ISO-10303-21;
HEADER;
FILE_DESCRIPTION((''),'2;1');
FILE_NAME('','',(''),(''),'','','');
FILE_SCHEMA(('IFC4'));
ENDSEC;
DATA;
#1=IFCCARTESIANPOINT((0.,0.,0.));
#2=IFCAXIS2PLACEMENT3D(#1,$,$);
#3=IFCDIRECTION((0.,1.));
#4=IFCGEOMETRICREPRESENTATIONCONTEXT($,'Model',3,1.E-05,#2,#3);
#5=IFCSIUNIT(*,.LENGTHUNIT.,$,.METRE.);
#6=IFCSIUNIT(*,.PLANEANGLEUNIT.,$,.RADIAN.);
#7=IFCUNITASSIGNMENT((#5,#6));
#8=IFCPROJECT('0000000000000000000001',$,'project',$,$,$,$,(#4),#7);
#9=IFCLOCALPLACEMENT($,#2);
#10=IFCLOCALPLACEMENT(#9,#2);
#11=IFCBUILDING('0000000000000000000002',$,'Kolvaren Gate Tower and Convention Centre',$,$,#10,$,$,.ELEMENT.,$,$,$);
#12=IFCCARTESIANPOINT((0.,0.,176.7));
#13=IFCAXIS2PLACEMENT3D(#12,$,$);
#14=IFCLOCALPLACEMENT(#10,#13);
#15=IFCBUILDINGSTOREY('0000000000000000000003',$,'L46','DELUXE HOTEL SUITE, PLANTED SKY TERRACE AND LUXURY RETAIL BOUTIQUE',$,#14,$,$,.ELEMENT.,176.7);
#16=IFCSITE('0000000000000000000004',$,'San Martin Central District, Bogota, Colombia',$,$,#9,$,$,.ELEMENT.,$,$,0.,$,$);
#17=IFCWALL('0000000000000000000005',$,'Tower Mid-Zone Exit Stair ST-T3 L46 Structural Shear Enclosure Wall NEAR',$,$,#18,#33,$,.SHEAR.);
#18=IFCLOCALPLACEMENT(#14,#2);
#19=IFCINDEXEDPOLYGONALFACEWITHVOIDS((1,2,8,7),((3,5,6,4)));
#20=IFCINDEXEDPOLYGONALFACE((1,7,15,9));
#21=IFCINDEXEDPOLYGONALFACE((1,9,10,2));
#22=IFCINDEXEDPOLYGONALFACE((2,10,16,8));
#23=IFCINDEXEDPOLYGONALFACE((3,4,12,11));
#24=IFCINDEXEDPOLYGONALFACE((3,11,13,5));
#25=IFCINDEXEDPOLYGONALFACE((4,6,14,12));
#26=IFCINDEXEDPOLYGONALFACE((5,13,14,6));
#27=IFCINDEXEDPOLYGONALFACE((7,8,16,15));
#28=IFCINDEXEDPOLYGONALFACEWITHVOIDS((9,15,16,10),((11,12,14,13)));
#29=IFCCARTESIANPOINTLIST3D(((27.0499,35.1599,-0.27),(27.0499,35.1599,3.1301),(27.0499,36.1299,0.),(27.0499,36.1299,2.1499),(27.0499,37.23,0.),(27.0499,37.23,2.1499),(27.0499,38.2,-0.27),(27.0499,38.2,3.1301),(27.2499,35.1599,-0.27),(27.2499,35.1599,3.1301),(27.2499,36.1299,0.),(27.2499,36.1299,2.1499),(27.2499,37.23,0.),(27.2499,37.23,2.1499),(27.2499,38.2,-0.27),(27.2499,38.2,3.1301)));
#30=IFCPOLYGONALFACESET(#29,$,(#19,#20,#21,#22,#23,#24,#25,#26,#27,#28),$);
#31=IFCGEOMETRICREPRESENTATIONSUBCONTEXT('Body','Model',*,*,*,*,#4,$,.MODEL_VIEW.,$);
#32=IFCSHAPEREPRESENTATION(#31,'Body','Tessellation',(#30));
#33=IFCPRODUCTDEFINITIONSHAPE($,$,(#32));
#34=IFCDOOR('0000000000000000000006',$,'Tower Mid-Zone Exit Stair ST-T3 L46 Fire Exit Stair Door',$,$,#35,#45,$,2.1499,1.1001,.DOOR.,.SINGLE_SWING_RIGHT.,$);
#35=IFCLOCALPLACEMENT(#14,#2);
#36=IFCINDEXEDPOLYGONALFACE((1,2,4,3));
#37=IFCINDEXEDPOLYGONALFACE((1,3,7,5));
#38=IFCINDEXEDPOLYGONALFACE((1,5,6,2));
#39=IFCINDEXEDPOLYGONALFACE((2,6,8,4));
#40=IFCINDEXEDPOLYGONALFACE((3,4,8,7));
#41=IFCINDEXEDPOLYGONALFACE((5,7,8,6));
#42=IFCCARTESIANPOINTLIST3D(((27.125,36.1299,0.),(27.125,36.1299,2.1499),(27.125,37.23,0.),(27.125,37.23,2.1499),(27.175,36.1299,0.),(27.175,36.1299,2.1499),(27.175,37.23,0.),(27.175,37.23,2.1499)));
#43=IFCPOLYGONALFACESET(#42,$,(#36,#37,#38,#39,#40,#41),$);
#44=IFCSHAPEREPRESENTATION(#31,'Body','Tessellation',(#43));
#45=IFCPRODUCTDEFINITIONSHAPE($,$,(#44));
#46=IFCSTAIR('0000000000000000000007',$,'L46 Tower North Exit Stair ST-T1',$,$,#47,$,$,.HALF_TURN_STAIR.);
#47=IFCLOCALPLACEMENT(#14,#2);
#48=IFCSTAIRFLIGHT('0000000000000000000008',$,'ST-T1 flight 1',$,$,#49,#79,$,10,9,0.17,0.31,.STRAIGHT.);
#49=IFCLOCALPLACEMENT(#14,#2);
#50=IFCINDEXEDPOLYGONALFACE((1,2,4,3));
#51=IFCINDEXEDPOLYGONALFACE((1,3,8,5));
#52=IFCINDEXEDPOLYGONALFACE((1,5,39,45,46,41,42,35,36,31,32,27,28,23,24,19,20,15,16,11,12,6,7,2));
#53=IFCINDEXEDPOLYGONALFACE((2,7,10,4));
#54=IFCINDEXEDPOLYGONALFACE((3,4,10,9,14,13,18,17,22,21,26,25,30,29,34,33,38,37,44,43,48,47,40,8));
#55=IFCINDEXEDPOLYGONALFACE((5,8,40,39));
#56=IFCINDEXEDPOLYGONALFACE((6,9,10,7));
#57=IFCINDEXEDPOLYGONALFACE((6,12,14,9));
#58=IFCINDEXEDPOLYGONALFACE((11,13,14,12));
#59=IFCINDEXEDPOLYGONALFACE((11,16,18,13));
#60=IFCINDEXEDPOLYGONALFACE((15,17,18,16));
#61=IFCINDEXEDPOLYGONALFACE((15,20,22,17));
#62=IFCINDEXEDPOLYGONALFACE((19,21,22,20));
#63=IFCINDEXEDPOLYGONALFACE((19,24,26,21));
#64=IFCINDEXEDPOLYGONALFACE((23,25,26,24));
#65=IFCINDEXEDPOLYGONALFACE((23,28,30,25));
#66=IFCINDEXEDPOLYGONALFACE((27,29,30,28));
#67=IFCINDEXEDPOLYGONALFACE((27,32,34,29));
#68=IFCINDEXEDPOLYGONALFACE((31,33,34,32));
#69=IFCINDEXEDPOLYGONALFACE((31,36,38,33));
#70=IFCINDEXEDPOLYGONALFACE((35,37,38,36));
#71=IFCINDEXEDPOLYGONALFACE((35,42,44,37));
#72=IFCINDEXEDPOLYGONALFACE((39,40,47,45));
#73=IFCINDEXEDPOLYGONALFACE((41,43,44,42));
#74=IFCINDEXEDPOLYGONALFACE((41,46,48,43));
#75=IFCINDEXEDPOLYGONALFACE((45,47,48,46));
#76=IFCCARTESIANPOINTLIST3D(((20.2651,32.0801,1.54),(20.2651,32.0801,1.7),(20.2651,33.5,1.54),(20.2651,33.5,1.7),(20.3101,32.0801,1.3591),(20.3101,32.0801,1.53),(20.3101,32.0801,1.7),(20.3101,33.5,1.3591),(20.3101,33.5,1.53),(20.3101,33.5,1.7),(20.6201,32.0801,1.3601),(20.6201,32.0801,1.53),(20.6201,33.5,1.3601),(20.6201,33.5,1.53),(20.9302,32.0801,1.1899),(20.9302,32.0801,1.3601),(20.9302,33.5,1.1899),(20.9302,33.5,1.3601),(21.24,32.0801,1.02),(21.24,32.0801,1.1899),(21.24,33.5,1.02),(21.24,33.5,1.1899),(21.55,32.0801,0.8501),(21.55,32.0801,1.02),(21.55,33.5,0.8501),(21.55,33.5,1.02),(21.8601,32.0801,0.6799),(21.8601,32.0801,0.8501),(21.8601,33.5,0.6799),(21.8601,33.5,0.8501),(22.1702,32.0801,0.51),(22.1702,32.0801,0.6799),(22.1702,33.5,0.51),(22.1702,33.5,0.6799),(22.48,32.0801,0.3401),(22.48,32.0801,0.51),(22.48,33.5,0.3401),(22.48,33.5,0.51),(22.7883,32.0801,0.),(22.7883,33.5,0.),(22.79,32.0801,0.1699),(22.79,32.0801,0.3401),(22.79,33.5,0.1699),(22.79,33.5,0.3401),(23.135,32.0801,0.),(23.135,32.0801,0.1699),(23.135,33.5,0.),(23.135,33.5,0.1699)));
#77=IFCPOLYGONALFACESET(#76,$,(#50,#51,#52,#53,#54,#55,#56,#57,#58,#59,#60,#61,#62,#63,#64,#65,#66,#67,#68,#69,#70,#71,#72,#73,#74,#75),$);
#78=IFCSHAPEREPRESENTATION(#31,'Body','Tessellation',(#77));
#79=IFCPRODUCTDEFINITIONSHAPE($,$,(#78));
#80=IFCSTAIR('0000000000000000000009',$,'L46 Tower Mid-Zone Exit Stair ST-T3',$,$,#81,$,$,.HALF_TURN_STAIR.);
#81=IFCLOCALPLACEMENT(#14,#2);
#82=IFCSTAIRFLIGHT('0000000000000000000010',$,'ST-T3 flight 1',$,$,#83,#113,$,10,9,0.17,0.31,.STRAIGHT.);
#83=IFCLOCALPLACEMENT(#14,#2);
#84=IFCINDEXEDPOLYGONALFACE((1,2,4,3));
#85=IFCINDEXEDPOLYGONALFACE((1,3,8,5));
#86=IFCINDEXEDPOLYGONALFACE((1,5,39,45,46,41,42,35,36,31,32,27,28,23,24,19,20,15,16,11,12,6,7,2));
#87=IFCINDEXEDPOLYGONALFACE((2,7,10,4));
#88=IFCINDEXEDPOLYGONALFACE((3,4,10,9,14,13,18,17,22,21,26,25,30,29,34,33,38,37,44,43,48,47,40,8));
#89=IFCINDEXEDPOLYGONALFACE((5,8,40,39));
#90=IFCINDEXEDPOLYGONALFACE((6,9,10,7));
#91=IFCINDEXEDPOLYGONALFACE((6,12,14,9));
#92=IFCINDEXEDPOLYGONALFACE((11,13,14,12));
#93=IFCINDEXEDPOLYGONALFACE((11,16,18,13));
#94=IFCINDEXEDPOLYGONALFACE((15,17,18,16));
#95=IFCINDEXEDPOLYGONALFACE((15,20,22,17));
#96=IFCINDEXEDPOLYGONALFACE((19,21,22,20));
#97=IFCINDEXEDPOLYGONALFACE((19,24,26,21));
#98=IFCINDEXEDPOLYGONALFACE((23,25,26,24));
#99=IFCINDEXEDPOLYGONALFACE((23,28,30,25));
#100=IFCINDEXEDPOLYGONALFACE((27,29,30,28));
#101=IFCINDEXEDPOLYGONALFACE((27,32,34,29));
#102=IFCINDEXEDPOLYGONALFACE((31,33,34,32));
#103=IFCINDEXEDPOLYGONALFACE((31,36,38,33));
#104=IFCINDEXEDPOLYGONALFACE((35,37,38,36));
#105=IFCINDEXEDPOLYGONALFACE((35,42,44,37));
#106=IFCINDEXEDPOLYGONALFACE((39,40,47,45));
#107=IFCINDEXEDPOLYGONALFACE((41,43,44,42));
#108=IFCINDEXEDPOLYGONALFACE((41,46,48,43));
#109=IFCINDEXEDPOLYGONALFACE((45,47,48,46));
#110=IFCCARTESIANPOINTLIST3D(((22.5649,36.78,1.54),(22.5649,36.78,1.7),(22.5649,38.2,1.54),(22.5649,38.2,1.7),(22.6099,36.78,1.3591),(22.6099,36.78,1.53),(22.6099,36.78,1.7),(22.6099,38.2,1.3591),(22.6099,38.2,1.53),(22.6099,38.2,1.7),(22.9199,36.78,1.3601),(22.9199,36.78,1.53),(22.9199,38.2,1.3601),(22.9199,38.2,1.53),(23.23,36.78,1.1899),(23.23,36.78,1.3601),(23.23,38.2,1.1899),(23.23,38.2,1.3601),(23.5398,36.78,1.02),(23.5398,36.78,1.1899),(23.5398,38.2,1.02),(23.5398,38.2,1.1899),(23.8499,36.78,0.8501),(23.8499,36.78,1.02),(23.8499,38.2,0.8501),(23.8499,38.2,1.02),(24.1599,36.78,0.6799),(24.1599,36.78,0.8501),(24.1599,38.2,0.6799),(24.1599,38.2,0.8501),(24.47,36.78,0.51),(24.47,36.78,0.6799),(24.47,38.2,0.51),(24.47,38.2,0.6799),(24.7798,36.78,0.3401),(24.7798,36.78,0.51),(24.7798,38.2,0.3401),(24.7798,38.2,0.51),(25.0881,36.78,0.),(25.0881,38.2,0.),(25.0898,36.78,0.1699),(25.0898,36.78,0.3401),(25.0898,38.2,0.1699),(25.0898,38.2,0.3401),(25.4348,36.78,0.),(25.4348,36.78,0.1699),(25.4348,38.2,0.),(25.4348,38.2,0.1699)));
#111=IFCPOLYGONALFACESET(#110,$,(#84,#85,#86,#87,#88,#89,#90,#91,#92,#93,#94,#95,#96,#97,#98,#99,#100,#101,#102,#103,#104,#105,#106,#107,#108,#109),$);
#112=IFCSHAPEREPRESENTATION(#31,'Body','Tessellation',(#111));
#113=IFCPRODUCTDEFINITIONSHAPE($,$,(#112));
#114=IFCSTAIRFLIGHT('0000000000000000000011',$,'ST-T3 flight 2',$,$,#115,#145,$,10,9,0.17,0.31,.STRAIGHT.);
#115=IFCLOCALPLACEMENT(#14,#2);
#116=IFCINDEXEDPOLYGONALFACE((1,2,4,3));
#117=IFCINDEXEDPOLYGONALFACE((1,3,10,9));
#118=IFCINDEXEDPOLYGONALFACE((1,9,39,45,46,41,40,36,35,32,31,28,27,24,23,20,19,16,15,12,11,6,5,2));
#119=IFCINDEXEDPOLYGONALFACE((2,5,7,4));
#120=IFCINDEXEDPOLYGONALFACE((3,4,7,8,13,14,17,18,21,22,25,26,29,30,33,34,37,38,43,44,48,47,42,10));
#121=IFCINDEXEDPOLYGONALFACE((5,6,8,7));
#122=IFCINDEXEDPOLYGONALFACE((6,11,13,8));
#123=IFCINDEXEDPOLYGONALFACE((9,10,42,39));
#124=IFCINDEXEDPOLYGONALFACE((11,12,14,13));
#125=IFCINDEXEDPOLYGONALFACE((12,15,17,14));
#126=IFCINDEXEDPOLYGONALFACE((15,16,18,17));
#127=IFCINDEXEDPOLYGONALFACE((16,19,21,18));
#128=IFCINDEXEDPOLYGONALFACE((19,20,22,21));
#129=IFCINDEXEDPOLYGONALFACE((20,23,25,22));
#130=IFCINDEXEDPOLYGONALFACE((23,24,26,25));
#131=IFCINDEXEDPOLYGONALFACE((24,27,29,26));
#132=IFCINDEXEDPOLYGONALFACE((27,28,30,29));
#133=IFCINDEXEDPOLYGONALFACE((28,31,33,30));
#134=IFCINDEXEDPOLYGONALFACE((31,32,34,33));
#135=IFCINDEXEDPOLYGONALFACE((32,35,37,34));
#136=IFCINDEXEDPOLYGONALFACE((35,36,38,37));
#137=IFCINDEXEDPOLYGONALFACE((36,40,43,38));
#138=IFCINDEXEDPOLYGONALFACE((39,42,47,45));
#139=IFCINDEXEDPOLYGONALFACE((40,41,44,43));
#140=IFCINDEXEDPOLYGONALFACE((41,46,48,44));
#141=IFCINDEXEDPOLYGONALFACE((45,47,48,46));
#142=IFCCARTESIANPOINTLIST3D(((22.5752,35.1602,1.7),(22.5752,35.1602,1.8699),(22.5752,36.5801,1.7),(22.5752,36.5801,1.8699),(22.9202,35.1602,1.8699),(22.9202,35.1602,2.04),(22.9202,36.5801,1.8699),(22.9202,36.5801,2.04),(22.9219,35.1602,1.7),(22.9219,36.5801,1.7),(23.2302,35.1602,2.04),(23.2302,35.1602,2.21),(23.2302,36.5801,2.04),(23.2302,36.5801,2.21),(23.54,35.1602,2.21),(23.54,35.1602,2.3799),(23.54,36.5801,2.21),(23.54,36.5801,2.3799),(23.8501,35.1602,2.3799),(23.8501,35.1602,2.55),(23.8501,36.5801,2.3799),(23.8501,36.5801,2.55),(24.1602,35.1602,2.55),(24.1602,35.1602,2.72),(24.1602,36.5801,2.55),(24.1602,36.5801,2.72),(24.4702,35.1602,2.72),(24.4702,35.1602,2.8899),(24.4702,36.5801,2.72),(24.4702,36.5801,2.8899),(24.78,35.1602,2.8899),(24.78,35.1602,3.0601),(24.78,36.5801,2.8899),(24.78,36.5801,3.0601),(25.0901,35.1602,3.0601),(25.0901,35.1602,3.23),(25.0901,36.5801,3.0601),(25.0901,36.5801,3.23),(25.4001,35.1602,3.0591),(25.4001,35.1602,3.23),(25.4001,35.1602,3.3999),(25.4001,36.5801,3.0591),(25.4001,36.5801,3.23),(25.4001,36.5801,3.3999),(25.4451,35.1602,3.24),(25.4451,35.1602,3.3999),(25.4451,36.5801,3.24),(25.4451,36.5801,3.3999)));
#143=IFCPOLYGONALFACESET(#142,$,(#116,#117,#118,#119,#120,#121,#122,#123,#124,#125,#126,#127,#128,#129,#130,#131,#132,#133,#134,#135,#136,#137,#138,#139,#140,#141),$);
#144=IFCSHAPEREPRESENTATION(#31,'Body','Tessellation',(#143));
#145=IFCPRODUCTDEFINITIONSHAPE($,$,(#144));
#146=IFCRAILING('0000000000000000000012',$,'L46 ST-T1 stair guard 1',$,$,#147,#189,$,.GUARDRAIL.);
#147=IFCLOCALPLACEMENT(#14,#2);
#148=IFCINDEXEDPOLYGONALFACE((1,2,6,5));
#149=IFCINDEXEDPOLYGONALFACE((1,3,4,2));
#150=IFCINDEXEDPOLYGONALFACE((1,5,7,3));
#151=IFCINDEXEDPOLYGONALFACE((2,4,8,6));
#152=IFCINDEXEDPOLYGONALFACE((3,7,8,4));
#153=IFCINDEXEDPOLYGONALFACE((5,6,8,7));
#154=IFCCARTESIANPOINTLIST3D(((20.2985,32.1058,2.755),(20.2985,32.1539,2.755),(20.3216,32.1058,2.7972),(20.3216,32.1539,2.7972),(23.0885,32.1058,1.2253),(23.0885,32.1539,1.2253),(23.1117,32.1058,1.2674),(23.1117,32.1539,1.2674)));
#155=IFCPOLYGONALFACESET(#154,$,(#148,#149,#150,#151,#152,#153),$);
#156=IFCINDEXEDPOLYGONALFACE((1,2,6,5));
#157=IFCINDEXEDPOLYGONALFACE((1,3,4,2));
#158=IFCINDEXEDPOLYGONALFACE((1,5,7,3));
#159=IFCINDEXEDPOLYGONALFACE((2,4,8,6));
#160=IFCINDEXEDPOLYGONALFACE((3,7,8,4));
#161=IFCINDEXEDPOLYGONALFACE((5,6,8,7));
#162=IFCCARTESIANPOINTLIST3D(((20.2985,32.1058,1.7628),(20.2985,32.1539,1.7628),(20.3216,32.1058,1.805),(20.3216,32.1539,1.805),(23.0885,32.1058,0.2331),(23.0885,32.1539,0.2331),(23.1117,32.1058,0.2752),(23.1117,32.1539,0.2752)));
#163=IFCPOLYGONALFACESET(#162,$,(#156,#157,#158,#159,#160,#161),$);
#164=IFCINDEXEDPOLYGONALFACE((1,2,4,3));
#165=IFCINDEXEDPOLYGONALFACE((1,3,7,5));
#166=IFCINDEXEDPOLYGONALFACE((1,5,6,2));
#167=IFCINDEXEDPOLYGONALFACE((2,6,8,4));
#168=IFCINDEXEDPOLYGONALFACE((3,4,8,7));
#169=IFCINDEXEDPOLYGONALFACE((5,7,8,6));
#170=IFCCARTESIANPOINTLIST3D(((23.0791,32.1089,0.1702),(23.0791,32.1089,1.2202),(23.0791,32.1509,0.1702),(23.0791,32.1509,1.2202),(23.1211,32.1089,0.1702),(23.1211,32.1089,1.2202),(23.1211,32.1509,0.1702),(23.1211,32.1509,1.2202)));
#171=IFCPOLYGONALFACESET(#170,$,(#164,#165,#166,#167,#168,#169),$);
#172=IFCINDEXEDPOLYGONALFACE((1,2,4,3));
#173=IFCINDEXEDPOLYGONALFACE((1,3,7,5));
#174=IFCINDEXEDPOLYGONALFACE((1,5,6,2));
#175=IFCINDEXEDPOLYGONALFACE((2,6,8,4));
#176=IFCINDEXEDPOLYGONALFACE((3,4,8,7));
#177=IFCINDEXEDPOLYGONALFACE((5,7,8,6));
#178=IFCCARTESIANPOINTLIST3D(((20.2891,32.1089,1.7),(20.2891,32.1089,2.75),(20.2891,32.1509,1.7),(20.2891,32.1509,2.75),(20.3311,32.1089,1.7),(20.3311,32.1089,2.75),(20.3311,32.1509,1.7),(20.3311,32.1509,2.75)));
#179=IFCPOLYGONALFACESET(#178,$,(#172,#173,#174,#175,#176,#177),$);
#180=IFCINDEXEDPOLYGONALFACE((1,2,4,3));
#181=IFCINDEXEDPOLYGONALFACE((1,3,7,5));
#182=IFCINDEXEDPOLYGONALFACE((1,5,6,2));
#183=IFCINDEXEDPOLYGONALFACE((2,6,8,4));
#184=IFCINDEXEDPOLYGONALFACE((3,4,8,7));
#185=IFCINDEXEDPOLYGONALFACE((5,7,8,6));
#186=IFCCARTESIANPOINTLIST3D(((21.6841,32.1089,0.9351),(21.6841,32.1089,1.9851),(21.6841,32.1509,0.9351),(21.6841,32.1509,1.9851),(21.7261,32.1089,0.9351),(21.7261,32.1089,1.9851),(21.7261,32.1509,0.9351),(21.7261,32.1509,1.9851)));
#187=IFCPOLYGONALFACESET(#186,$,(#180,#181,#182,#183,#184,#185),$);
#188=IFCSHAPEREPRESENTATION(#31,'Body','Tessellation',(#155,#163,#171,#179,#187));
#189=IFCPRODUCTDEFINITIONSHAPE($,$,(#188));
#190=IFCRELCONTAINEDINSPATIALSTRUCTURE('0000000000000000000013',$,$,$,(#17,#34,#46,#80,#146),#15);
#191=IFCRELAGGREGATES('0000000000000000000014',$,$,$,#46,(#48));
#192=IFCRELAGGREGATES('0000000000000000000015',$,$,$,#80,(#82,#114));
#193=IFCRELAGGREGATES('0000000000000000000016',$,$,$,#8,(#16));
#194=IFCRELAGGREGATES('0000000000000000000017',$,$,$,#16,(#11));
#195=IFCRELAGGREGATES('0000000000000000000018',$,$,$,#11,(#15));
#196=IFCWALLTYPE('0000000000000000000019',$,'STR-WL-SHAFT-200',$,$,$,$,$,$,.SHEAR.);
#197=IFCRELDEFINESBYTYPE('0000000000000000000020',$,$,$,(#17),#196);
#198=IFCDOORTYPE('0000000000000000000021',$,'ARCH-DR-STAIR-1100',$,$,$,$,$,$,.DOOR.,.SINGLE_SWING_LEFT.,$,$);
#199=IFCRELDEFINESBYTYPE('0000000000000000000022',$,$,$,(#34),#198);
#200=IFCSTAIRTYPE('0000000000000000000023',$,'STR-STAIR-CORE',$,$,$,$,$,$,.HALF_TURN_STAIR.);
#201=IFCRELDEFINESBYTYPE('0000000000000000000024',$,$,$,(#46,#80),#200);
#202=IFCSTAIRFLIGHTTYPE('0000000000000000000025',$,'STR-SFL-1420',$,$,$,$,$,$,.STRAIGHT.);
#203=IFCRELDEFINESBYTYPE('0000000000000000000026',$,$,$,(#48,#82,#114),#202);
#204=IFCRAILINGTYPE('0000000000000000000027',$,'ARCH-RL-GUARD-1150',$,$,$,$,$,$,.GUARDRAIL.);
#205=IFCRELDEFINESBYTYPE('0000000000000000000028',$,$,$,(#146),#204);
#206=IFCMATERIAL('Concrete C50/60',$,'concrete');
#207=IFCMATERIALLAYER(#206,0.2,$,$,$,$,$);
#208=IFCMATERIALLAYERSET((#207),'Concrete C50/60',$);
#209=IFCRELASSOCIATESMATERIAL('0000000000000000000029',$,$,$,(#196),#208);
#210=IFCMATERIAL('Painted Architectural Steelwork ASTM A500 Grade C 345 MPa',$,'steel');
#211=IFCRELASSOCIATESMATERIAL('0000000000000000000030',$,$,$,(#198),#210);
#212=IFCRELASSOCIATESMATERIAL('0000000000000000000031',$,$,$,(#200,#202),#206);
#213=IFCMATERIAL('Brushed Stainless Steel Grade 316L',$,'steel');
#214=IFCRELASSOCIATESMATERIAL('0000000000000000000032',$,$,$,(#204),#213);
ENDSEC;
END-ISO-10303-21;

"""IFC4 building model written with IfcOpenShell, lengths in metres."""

from ifc_helpers import new_model, si_unit, direction, frame, frame_2d, origin, origin_2d, place, context, subcontext, project, spatial, polyline, rectangle, outline, extrude, material, layer, layer_set, type_object, element, fill, aggregate, save


model = new_model("IFC4")

# Units and contexts
model_context = context("Model", 3, precision=1e-05, world=origin(), true_north=direction((0.0, 1.0)))
body_context = subcontext(model_context, "Body", "Model", "MODEL_VIEW")
ifc_project = project(units=[si_unit("LENGTHUNIT", "METRE"), si_unit("PLANEANGLEUNIT", "RADIAN")], contexts=[model_context])

# Site, building, storey
site_placement = place(None, origin())
site = spatial("IfcSite", under=ifc_project, at=site_placement, Name="San Martin Central District, Bogota, Colombia", CompositionType="ELEMENT", RefElevation=0.0)
building_placement = place(site_placement, origin())
building = spatial("IfcBuilding", under=site, at=building_placement, Name="Kolvaren Gate Tower and Convention Centre", CompositionType="ELEMENT")
storey_placement = place(building_placement, frame((0.0, 0.0, 176.7)))
storey = spatial("IfcBuildingStorey", under=building, at=storey_placement, Name="L46", Description="DELUXE HOTEL SUITE, PLANTED SKY TERRACE AND LUXURY RETAIL BOUTIQUE", CompositionType="ELEMENT", Elevation=176.7)

# Wall, opening, door
ifc_material_1 = material(Name="Concrete C50/60", Category="concrete")
ifc_layer_1 = layer(ifc_material_1, 0.2)
ifc_layer_set_1 = layer_set([ifc_layer_1], Name="Concrete C50/60")
wall_type_1 = type_object("IfcWallType", Name="STR-WL-SHAFT-200", PredefinedType="SHEAR", material=ifc_layer_set_1)
wall_1_placement = place(storey_placement, frame((27.1499, 35.1599, -0.27), z_axis=(0.0, 0.0, 1.0), x_axis=(0.0, 1.0, 0.0)))
wall_1 = element("IfcWall", 1, at=wall_1_placement, inside=storey, type_object=wall_type_1, Name="Tower Mid-Zone Exit Stair ST-T3 L46 Structural Shear Enclosure Wall NEAR", PredefinedType="SHEAR", context=body_context, shape_type="SweptSolid", body=[
    extrude(rectangle(XDim=3.04, YDim=0.2, at=frame_2d((1.52, 0.0))), origin(), (0.0, 0.0, 1.0), 3.4001),
])
opening_1_placement = place(wall_1_placement, frame((0.97, 0.0, 0.27)))
opening_1 = element("IfcOpeningElement", 2, at=opening_1_placement, cuts=wall_1, PredefinedType="OPENING", context=body_context, shape_type="SweptSolid", body=[
    extrude(rectangle(XDim=1.1001, YDim=2.1499, at=frame_2d((0.55, 1.075))), frame((0.0, 0.1099, 0.0), z_axis=(0.0, -1.0, 0.0), x_axis=(1.0, 0.0, 0.0)), (0.0, 0.0, 1.0), 0.22),
])
ifc_material_2 = material(Name="Painted Architectural Steelwork ASTM A500 Grade C 345 MPa", Category="steel")
door_type = type_object("IfcDoorType", Name="ARCH-DR-STAIR-1100", OperationType="SINGLE_SWING_LEFT", PredefinedType="DOOR", material=ifc_material_2)
door_placement = place(opening_1_placement, origin())
door = element("IfcDoor", 3, at=door_placement, inside=storey, type_object=door_type, Name="Tower Mid-Zone Exit Stair ST-T3 L46 Fire Exit Stair Door", OperationType="SINGLE_SWING_RIGHT", OverallHeight=2.1499, OverallWidth=1.1001, PredefinedType="DOOR", context=body_context, shape_type="SweptSolid", body=[
    extrude(rectangle(XDim=1.1001, YDim=2.1499, at=frame_2d((0.55, 1.075))), frame((0.0, 0.0249, 0.0), z_axis=(0.0, -1.0, 0.0), x_axis=(1.0, 0.0, 0.0)), (0.0, 0.0, 1.0), 0.05),
])
fill(opening_1, door)

# Stair, stair flight
stair_type = type_object("IfcStairType", Name="STR-STAIR-CORE", PredefinedType="HALF_TURN_STAIR", material=ifc_material_1)
stair_1_placement = place(storey_placement, origin())
stair_1 = element("IfcStair", 4, at=stair_1_placement, inside=storey, type_object=stair_type, Name="L46 Tower North Exit Stair ST-T1", PredefinedType="HALF_TURN_STAIR")
stair_flight_type = type_object("IfcStairFlightType", Name="STR-SFL-1420", PredefinedType="STRAIGHT", material=ifc_material_1)
stair_flight_1_placement = place(storey_placement, frame((23.1001, 32.79, 0.0), z_axis=(0.0, 0.0, 1.0), x_axis=(-1.0, 0.0, 0.0)))
stair_flight_1 = element("IfcStairFlight", 5, at=stair_flight_1_placement, type_object=stair_flight_type, Name="ST-T1 flight 1", NumberOfRisers=10, NumberOfTreads=9, PredefinedType="STRAIGHT", RiserHeight=0.17, TreadLength=0.31, context=body_context, shape_type="SweptSolid", body=[
    extrude(outline(polyline([(-0.0349, 0.0), (-0.0349, 0.1699), (0.3101, 0.1699), (0.3101, 0.3401), (0.6201, 0.3401), (0.6201, 0.51), (0.9299, 0.51), (0.9299, 0.6799), (1.24, 0.6799), (1.24, 0.8501), (1.55, 0.8501), (1.55, 1.02), (1.8601, 1.02), (1.8601, 1.1899), (2.1699, 1.1899), (2.1699, 1.3601), (2.48, 1.3601), (2.48, 1.53), (2.79, 1.53), (2.79, 1.7), (2.835, 1.7), (2.835, 1.54), (2.79, 1.3591), (0.3118, 0.0), (-0.0349, 0.0)])), frame((0.0, 0.71, 0.0), z_axis=(0.0, -1.0, 0.0), x_axis=(1.0, 0.0, 0.0)), (0.0, 0.0, 1.0), 1.4199),
])
aggregate(stair_1, [stair_flight_1])

# Stair, stair flights
stair_2_placement = place(storey_placement, origin())
stair_2 = element("IfcStair", 6, at=stair_2_placement, inside=storey, type_object=stair_type, Name="L46 Tower Mid-Zone Exit Stair ST-T3", PredefinedType="HALF_TURN_STAIR")
stair_flight_2_placement = place(storey_placement, frame((25.3999, 37.49, 0.0), z_axis=(0.0, 0.0, 1.0), x_axis=(-1.0, 0.0, 0.0)))
stair_flight_2 = element("IfcStairFlight", 7, at=stair_flight_2_placement, type_object=stair_flight_type, Name="ST-T3 flight 1", NumberOfRisers=10, NumberOfTreads=9, PredefinedType="STRAIGHT", RiserHeight=0.17, TreadLength=0.31, context=body_context, shape_type="SweptSolid", body=[
    extrude(outline(polyline([(-0.0349, 0.0), (-0.0349, 0.1699), (0.3101, 0.1699), (0.3101, 0.3401), (0.6201, 0.3401), (0.6201, 0.51), (0.9299, 0.51), (0.9299, 0.6799), (1.24, 0.6799), (1.24, 0.8501), (1.55, 0.8501), (1.55, 1.02), (1.8601, 1.02), (1.8601, 1.1899), (2.1699, 1.1899), (2.1699, 1.3601), (2.48, 1.3601), (2.48, 1.53), (2.79, 1.53), (2.79, 1.7), (2.835, 1.7), (2.835, 1.54), (2.79, 1.3591), (0.3118, 0.0), (-0.0349, 0.0)])), frame((0.0, 0.71, 0.0), z_axis=(0.0, -1.0, 0.0), x_axis=(1.0, 0.0, 0.0)), (0.0, 0.0, 1.0), 1.4199),
])
stair_flight_3_placement = place(storey_placement, frame((22.6101, 35.8701, 1.7), z_axis=(0.0, 0.0, 1.0), x_axis=(1.0, 0.0, 0.0)))
stair_flight_3 = element("IfcStairFlight", 8, at=stair_flight_3_placement, type_object=stair_flight_type, Name="ST-T3 flight 2", NumberOfRisers=10, NumberOfTreads=9, PredefinedType="STRAIGHT", RiserHeight=0.17, TreadLength=0.31, context=body_context, shape_type="SweptSolid", body=[
    extrude(outline(polyline([(-0.0349, 0.0), (-0.0349, 0.1699), (0.3101, 0.1699), (0.3101, 0.3401), (0.6201, 0.3401), (0.6201, 0.51), (0.9299, 0.51), (0.9299, 0.6799), (1.24, 0.6799), (1.24, 0.8501), (1.55, 0.8501), (1.55, 1.02), (1.8601, 1.02), (1.8601, 1.1899), (2.1699, 1.1899), (2.1699, 1.3601), (2.48, 1.3601), (2.48, 1.53), (2.79, 1.53), (2.79, 1.7), (2.835, 1.7), (2.835, 1.54), (2.79, 1.3591), (0.3118, 0.0), (-0.0349, 0.0)])), frame((0.0, 0.71, 0.0), z_axis=(0.0, -1.0, 0.0), x_axis=(1.0, 0.0, 0.0)), (0.0, 0.0, 1.0), 1.4199),
])
aggregate(stair_2, [stair_flight_2, stair_flight_3])

# Railing
ifc_material_3 = material(Name="Brushed Stainless Steel Grade 316L", Category="steel")
railing_type_1 = type_object("IfcRailingType", Name="ARCH-RL-GUARD-1150", PredefinedType="GUARDRAIL", material=ifc_material_3)
railing_1_placement = place(storey_placement, frame((23.1001, 32.1299, 0.1702)))
element("IfcRailing", 9, at=railing_1_placement, inside=storey, type_object=railing_type_1, Name="L46 ST-T1 stair guard 1", PredefinedType="GUARDRAIL", context=body_context, shape_type="SweptSolid", body=[
    extrude(rectangle(XDim=0.0481, YDim=0.0481, at=origin_2d()), frame((0.0, 0.0, 1.0762), z_axis=(-0.876844, 0.0, 0.480776), x_axis=(0.0, -1.0, 0.0)), (0.0, 0.0, 1.0), 3.1819),
    extrude(rectangle(XDim=0.0481, YDim=0.0481, at=origin_2d()), frame((0.0, 0.0, 0.084), z_axis=(-0.876844, 0.0, 0.480776), x_axis=(0.0, -1.0, 0.0)), (0.0, 0.0, 1.0), 3.1819),
    extrude(rectangle(XDim=0.042, YDim=0.042, at=origin_2d()), origin(), (0.0, 0.0, 1.0), 1.05),
    extrude(rectangle(XDim=0.042, YDim=0.042, at=origin_2d()), frame((-2.79, 0.0, 1.5298)), (0.0, 0.0, 1.0), 1.05),
    extrude(rectangle(XDim=0.042, YDim=0.042, at=origin_2d()), frame((-1.395, 0.0, 0.7649)), (0.0, 0.0, 1.0), 1.05),
])

save(model, "model.ifc")
